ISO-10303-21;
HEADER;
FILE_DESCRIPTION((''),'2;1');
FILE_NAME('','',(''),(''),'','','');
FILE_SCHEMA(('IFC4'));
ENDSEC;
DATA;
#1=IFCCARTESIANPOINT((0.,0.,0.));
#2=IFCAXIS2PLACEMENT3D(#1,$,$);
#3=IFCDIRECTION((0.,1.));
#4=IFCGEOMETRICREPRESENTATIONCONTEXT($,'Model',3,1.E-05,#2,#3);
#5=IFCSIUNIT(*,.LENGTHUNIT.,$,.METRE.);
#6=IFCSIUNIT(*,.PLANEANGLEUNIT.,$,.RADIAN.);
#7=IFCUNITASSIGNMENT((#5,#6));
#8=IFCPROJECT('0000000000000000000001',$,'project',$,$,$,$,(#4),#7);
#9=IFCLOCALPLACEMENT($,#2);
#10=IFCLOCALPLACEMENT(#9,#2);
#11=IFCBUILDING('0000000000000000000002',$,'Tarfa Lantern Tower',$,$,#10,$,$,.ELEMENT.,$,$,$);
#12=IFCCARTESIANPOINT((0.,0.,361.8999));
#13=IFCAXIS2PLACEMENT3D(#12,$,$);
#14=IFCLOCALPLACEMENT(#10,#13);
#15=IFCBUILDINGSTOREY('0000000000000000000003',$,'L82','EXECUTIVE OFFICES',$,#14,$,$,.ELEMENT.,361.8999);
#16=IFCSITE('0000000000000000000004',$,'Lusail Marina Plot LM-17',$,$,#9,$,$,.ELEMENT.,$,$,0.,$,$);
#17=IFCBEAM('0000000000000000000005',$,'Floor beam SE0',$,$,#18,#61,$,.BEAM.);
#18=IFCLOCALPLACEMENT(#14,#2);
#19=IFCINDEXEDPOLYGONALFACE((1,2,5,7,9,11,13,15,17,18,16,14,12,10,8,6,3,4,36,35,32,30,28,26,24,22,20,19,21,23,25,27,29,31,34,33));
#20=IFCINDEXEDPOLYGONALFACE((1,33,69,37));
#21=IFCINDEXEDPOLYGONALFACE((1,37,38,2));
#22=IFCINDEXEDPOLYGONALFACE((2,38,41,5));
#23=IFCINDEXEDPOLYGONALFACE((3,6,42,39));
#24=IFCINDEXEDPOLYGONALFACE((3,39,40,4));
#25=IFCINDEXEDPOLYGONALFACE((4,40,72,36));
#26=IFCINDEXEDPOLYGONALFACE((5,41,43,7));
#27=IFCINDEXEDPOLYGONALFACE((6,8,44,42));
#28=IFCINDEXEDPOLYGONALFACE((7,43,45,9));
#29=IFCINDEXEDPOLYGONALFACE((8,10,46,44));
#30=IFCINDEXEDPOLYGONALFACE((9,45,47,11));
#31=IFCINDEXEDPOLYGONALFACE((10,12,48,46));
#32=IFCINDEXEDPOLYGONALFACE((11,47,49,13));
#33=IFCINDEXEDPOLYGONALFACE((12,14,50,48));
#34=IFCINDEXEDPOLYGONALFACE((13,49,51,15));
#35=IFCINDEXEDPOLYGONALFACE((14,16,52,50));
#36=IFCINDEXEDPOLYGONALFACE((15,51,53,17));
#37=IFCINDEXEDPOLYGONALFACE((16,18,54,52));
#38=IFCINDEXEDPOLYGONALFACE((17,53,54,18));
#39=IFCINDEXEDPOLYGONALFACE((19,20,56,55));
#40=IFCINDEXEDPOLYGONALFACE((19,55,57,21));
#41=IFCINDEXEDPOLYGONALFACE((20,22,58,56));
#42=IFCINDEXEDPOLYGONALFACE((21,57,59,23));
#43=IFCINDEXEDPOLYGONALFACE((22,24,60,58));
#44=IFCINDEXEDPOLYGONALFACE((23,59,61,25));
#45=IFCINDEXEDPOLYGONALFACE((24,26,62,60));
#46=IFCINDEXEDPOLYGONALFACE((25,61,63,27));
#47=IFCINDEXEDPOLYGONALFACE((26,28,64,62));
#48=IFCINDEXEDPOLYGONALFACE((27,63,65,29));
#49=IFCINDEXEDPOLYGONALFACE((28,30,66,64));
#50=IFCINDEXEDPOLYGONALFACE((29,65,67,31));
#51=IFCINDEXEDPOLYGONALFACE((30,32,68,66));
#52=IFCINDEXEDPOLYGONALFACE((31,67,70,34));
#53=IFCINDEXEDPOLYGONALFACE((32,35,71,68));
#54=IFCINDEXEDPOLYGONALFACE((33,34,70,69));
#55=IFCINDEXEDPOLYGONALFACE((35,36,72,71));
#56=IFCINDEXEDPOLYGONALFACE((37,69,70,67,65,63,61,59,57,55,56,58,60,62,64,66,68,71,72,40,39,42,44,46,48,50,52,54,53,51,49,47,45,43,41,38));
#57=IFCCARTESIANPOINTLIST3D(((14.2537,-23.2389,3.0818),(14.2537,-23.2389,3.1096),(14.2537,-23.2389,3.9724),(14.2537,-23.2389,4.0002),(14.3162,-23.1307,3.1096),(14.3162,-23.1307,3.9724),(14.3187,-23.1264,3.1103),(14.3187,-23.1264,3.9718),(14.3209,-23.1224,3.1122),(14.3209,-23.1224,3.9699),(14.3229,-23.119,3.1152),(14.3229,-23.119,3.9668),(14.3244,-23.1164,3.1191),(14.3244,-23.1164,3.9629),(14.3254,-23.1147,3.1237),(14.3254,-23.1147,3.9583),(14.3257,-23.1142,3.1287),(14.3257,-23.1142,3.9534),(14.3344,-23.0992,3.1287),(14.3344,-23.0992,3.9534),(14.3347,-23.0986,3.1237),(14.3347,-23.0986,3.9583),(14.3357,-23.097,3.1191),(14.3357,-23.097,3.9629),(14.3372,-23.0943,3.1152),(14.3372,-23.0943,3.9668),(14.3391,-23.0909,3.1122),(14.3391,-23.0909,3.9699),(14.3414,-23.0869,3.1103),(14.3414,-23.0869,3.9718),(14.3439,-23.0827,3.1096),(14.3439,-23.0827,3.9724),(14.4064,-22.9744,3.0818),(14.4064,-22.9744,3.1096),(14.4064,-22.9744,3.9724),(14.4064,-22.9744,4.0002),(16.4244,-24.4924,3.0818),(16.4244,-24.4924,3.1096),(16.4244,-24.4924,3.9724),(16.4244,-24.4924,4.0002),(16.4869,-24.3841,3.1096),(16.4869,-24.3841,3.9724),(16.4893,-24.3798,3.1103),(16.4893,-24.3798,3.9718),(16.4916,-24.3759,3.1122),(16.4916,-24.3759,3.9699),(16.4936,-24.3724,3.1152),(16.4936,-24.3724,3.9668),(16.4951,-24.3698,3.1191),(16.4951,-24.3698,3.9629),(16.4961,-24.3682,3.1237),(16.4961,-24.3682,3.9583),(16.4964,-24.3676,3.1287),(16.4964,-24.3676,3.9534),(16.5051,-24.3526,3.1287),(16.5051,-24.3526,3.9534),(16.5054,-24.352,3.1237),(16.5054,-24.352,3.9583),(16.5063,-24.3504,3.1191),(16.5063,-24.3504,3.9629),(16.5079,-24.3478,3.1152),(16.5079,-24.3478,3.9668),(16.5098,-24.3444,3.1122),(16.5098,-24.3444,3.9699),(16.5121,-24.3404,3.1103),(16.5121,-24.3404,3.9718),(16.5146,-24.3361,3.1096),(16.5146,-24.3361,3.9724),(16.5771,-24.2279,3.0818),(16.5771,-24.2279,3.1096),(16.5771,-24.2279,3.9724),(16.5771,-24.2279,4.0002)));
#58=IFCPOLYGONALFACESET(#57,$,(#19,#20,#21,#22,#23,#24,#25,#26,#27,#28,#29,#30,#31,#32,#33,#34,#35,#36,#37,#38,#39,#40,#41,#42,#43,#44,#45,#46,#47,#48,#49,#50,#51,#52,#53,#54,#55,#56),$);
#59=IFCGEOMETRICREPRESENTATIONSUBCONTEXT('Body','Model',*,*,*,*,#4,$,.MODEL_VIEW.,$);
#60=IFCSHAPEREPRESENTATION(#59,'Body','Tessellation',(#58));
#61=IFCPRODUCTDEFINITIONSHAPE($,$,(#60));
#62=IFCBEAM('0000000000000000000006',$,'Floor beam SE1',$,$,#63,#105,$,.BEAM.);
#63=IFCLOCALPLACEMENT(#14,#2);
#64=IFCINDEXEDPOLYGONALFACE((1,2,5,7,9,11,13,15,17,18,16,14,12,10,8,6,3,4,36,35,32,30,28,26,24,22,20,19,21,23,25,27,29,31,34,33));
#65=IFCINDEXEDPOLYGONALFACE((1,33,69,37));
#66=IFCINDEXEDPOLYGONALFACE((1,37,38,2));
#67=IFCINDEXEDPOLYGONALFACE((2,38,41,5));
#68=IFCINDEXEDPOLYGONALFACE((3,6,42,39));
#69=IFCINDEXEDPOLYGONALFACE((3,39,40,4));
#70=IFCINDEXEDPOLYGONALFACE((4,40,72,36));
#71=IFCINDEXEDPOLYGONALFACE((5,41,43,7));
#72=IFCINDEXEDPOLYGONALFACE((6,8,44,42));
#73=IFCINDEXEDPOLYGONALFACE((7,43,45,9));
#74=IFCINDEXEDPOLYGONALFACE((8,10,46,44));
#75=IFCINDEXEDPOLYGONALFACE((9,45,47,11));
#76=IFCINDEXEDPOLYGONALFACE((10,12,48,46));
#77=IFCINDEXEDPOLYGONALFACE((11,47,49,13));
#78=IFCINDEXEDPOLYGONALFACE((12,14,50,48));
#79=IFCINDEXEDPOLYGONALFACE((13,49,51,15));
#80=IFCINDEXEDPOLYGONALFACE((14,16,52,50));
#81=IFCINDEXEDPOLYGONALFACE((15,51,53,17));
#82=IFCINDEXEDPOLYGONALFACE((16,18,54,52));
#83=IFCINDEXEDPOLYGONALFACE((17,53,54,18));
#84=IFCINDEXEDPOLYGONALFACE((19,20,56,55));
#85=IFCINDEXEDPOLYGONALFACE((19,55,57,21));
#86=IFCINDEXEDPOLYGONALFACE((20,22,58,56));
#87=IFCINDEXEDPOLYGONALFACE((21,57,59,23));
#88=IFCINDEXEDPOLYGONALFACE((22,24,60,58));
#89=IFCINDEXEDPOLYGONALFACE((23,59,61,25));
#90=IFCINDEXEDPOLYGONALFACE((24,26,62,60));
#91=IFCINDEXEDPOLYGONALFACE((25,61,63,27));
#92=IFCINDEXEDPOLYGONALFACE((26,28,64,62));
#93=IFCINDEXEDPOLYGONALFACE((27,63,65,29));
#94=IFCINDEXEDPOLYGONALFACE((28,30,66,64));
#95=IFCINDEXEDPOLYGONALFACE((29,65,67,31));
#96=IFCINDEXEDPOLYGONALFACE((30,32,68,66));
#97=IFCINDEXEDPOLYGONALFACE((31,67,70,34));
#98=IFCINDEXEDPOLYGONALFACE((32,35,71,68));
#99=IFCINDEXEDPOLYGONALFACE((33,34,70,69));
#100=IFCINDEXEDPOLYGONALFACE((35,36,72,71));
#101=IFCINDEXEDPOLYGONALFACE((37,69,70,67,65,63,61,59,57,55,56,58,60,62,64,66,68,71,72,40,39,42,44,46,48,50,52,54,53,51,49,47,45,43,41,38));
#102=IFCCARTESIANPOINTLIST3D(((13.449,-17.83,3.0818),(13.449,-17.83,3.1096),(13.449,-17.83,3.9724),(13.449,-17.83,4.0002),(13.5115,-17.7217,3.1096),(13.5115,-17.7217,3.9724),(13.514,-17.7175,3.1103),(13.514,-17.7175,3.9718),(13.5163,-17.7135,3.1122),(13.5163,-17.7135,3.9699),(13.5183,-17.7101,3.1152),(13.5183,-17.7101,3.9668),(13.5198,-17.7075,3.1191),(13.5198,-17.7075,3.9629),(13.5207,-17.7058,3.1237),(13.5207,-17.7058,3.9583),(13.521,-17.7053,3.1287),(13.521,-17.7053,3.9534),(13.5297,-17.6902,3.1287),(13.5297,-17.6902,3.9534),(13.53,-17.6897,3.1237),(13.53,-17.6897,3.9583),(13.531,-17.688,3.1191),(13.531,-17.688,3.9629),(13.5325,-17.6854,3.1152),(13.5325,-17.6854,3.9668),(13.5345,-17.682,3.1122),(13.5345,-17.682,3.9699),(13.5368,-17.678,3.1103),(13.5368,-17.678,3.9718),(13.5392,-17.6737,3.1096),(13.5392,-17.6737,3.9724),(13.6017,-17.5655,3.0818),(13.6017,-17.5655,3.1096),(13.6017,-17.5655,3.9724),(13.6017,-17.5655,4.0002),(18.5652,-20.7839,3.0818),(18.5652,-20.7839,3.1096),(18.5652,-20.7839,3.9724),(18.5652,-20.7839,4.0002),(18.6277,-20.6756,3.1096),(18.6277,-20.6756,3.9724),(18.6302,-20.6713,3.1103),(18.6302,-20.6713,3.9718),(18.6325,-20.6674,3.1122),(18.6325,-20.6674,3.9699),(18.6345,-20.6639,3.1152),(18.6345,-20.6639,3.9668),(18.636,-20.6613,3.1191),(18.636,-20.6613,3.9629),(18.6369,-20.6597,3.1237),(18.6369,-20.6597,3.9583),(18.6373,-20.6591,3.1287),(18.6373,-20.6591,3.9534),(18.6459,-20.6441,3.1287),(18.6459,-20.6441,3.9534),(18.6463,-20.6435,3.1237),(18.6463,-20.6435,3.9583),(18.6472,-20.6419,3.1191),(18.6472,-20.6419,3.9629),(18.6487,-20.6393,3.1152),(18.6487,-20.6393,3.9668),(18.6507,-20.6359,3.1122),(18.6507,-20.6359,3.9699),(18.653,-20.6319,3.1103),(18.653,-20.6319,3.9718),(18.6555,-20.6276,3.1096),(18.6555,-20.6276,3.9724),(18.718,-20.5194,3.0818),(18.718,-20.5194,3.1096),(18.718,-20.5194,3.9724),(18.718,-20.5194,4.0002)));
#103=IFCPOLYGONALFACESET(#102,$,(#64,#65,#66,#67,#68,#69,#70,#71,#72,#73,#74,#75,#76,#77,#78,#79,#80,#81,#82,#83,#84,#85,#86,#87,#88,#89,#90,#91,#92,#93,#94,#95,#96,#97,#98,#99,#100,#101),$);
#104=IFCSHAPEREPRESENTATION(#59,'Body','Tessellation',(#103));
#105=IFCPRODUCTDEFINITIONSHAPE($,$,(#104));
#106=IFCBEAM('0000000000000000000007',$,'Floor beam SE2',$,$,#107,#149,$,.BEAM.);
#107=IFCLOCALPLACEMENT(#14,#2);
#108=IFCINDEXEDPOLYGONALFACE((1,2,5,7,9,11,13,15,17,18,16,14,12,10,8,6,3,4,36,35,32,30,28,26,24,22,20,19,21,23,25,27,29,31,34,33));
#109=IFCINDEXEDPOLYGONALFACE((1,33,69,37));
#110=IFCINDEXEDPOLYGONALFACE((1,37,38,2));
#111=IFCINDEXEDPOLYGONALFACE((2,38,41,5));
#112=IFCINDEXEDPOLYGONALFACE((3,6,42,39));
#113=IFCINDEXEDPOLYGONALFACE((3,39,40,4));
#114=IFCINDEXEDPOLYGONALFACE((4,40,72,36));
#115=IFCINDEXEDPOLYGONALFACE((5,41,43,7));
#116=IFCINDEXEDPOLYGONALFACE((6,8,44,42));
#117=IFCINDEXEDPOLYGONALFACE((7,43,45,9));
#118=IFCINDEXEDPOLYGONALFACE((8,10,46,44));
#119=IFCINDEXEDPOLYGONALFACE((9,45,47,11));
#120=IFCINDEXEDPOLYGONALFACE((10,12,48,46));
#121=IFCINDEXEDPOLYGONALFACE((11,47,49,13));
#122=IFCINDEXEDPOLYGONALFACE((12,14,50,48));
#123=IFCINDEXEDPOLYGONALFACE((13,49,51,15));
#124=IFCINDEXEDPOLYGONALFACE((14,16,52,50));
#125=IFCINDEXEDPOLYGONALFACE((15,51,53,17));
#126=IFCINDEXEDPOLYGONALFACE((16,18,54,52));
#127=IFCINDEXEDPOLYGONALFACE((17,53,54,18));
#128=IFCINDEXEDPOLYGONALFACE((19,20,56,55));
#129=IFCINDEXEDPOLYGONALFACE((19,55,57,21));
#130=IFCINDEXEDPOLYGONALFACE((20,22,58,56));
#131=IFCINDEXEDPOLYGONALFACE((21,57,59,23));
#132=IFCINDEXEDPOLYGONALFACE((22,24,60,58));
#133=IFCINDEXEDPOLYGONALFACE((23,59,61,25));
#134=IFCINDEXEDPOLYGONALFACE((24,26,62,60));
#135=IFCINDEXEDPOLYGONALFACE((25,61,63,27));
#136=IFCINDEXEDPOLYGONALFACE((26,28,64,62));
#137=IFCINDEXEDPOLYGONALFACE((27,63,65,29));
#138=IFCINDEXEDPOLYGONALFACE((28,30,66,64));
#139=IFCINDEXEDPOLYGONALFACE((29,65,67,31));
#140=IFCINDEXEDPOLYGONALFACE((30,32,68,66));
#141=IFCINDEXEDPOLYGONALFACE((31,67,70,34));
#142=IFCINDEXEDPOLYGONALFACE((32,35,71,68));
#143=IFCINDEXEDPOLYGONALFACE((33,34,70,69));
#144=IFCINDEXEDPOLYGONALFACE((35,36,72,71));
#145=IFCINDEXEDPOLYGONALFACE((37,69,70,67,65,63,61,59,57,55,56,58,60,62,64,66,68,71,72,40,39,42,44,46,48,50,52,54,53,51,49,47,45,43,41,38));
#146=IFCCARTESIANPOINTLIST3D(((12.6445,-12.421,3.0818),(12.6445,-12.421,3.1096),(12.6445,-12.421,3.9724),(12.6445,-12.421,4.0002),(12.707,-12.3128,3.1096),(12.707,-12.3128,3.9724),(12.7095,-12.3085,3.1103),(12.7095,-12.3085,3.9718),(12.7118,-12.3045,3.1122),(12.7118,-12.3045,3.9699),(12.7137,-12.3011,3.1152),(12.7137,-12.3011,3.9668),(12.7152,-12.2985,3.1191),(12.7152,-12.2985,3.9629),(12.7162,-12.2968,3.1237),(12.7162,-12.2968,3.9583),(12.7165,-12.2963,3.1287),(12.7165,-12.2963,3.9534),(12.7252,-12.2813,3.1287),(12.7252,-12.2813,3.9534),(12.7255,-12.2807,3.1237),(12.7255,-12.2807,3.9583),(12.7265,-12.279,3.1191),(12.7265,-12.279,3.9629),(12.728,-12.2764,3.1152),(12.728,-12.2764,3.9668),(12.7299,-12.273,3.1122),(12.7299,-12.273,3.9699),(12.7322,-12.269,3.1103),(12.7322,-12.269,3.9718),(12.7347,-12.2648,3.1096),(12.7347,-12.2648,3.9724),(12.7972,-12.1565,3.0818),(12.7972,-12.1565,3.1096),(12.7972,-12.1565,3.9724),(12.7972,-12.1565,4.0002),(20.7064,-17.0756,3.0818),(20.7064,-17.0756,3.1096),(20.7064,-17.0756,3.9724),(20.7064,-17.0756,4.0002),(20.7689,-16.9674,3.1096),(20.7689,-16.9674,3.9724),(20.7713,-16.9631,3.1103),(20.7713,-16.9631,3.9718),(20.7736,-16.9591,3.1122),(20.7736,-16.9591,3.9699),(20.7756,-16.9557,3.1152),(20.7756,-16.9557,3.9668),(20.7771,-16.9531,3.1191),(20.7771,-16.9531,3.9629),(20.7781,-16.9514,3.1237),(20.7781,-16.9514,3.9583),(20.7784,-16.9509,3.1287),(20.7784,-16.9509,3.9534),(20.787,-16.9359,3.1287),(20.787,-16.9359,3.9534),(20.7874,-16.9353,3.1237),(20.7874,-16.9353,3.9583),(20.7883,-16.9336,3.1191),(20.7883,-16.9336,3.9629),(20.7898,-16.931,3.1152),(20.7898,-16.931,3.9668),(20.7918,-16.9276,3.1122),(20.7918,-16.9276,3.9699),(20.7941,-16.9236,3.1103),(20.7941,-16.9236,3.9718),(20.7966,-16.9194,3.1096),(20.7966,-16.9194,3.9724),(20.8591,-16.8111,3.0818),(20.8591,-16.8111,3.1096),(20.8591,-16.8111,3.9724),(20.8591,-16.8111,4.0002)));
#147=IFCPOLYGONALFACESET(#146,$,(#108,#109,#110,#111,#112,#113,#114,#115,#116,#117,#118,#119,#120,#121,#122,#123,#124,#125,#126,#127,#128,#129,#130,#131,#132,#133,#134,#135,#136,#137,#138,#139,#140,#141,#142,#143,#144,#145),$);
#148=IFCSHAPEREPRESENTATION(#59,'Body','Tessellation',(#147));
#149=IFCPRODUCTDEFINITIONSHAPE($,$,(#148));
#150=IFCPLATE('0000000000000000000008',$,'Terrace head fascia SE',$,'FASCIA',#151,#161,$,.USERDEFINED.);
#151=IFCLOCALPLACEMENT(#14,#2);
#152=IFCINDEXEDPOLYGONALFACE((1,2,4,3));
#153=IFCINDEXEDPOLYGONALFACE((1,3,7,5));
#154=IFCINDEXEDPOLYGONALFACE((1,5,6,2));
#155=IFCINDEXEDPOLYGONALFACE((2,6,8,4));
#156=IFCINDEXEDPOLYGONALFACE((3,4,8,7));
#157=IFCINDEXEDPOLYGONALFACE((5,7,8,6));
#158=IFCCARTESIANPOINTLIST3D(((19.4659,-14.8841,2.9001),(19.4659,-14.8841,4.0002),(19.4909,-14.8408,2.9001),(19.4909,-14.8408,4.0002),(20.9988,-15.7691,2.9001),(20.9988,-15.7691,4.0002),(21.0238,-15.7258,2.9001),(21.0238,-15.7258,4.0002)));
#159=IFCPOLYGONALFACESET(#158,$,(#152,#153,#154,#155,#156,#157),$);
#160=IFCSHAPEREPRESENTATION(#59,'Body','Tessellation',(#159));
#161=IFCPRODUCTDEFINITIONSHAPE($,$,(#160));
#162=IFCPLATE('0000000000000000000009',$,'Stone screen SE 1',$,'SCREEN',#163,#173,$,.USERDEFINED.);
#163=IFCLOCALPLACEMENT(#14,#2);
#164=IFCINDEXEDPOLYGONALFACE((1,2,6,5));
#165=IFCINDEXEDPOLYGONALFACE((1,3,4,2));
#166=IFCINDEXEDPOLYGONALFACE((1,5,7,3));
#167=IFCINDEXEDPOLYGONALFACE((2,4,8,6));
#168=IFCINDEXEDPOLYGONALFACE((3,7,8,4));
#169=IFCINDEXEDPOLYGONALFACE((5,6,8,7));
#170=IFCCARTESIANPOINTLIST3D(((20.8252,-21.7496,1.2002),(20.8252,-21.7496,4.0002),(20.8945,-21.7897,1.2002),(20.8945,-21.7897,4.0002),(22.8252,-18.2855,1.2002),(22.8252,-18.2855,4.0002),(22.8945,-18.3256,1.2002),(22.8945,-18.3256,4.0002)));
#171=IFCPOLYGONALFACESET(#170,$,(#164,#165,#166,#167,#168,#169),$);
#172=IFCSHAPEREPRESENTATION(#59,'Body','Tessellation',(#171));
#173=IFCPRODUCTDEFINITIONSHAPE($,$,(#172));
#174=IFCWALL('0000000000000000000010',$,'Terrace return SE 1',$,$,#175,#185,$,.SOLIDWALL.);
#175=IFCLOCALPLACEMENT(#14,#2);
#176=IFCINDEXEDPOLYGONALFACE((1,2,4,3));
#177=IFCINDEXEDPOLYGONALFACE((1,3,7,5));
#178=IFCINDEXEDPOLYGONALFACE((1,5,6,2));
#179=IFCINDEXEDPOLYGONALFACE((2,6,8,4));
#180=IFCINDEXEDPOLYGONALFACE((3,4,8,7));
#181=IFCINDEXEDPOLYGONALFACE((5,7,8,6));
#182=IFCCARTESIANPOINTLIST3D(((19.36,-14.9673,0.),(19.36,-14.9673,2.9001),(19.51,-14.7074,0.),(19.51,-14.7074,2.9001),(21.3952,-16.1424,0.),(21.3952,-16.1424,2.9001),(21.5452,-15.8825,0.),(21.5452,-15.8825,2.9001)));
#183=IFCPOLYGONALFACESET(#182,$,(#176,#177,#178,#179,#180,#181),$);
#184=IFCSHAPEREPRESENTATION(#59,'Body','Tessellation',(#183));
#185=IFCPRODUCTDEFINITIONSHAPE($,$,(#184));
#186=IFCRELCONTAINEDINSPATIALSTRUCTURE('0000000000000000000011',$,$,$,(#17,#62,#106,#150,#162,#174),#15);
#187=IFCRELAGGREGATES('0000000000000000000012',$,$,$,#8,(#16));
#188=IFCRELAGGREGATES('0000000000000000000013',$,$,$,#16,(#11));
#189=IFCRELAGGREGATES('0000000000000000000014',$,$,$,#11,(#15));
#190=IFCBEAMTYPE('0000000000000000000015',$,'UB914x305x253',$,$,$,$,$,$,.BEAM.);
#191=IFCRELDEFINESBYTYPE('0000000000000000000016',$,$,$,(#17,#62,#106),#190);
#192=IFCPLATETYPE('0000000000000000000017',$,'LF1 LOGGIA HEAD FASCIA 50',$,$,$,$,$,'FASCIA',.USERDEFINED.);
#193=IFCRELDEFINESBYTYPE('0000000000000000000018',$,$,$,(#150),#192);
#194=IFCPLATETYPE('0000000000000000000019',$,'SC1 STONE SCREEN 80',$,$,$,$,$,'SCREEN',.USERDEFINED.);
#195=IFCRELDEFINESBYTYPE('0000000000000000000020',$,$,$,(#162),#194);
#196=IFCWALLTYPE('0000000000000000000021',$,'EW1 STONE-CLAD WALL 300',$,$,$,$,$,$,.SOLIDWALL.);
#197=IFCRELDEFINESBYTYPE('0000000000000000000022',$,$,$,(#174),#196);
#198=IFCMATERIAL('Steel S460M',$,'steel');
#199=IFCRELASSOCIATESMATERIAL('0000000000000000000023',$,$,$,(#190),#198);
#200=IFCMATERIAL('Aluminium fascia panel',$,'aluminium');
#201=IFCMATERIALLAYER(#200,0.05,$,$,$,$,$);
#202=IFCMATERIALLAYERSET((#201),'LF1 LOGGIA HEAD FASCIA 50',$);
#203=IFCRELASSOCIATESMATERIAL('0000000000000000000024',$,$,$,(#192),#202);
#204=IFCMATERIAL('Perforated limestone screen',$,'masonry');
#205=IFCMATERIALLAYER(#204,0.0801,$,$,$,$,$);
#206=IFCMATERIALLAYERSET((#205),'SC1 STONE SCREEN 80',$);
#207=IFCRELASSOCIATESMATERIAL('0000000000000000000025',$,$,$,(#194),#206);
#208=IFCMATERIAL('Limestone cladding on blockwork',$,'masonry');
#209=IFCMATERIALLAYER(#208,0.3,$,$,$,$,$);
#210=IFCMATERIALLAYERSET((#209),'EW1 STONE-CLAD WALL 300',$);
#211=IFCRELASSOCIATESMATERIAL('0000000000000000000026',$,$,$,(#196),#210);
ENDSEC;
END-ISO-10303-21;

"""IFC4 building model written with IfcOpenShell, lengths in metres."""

from ifc_helpers import new_model, si_unit, direction, frame, frame_2d, origin, origin_2d, place, context, subcontext, project, spatial, rectangle, i_section, extrude, material, layer, layer_set, material_profile, profile_set, type_object, element, save


model = new_model("IFC4")

# Units and contexts
model_context = context("Model", 3, precision=1e-05, world=origin(), true_north=direction((0.0, 1.0)))
body_context = subcontext(model_context, "Body", "Model", "MODEL_VIEW")
ifc_project = project(units=[si_unit("LENGTHUNIT", "METRE"), si_unit("PLANEANGLEUNIT", "RADIAN")], contexts=[model_context])

# Site, building, storey
site_placement = place(None, origin())
site = spatial("IfcSite", under=ifc_project, at=site_placement, Name="Lusail Marina Plot LM-17", CompositionType="ELEMENT", RefElevation=0.0)
building_placement = place(site_placement, origin())
building = spatial("IfcBuilding", under=site, at=building_placement, Name="Tarfa Lantern Tower", CompositionType="ELEMENT")
storey_placement = place(building_placement, frame((0.0, 0.0, 361.8999)))
storey = spatial("IfcBuildingStorey", under=building, at=storey_placement, Name="L82", Description="EXECUTIVE OFFICES", CompositionType="ELEMENT", Elevation=361.8999)

# Beams
ifc_material_1 = material(Name="Steel S460M", Category="steel")
ifc_material_profile_1 = material_profile(ifc_material_1, i_section(OverallWidth=0.3054, OverallDepth=0.9185, WebThickness=0.0173, FlangeThickness=0.0278, FilletRadius=0.019, at=origin_2d()), Name="UB914x305x253")
ifc_profile_set_1 = profile_set([ifc_material_profile_1], Name="Steel S460M")
beam_type_1 = type_object("IfcBeamType", Name="UB914x305x253", PredefinedType="BEAM", material=ifc_profile_set_1)
beam_1_placement = place(storey_placement, frame((16.5007, -24.3601, 3.541), z_axis=(-0.865993, 0.500057, 0.0), x_axis=(-0.500057, -0.865993, 0.0)))
element("IfcBeam", 1, at=beam_1_placement, inside=storey, type_object=beam_type_1, Name="Floor beam SE0", PredefinedType="BEAM", context=body_context, shape_type="SweptSolid", body=[
    extrude(i_section(OverallWidth=0.3054, OverallDepth=0.9185, WebThickness=0.0173, FlangeThickness=0.0278, FilletRadius=0.019, at=origin_2d()), origin(), (0.0, 0.0, 1.0), 2.5066),
])
beam_2_placement = place(storey_placement, frame((18.6416, -20.6516, 3.541), z_axis=(-0.866025, 0.500001, 0.0), x_axis=(-0.500001, -0.866025, 0.0)))
element("IfcBeam", 2, at=beam_2_placement, inside=storey, type_object=beam_type_1, Name="Floor beam SE1", PredefinedType="BEAM", context=body_context, shape_type="SweptSolid", body=[
    extrude(i_section(OverallWidth=0.3054, OverallDepth=0.9185, WebThickness=0.0173, FlangeThickness=0.0278, FilletRadius=0.019, at=origin_2d()), origin(), (0.0, 0.0, 1.0), 5.9077),
])
beam_3_placement = place(storey_placement, frame((20.7827, -16.9434, 3.541), z_axis=(-0.866022, 0.500006, 0.0), x_axis=(-0.500006, -0.866022, 0.0)))
element("IfcBeam", 3, at=beam_3_placement, inside=storey, type_object=beam_type_1, Name="Floor beam SE2", PredefinedType="BEAM", context=body_context, shape_type="SweptSolid", body=[
    extrude(i_section(OverallWidth=0.3054, OverallDepth=0.9185, WebThickness=0.0173, FlangeThickness=0.0278, FilletRadius=0.019, at=origin_2d()), origin(), (0.0, 0.0, 1.0), 9.3091),
])

# Plates
ifc_material_2 = material(Name="Aluminium fascia panel", Category="aluminium")
ifc_layer_1 = layer(ifc_material_2, 0.05)
ifc_layer_set_1 = layer_set([ifc_layer_1], Name="LF1 LOGGIA HEAD FASCIA 50")
plate_type_1 = type_object("IfcPlateType", Name="LF1 LOGGIA HEAD FASCIA 50", ElementType="FASCIA", PredefinedType="USERDEFINED", material=ifc_layer_set_1)
plate_1_placement = place(storey_placement, frame((20.2449, -15.3049, 2.9001), z_axis=(0.0, 0.0, 1.0), x_axis=(-0.866025, 0.5, 0.0)))
element("IfcPlate", 4, at=plate_1_placement, inside=storey, type_object=plate_type_1, Name="Terrace head fascia SE", ObjectType="FASCIA", PredefinedType="USERDEFINED", context=body_context, shape_type="SweptSolid", body=[
    extrude(rectangle(XDim=1.77, YDim=0.05, at=origin_2d()), origin(), (0.0, 0.0, 1.0), 1.1001),
])
ifc_material_3 = material(Name="Perforated limestone screen", Category="masonry")
ifc_layer_2 = layer(ifc_material_3, 0.0801)
ifc_layer_set_2 = layer_set([ifc_layer_2], Name="SC1 STONE SCREEN 80")
plate_type_2 = type_object("IfcPlateType", Name="SC1 STONE SCREEN 80", ElementType="SCREEN", PredefinedType="USERDEFINED", material=ifc_layer_set_2)
plate_2_placement = place(storey_placement, frame((21.8599, -20.0376, 1.2002), z_axis=(0.0, 0.0, 1.0), x_axis=(0.5, 0.866025, 0.0)))
element("IfcPlate", 5, at=plate_2_placement, inside=storey, type_object=plate_type_2, Name="Stone screen SE 1", ObjectType="SCREEN", PredefinedType="USERDEFINED", context=body_context, shape_type="SweptSolid", body=[
    extrude(rectangle(XDim=4.0, YDim=0.0801, at=origin_2d()), origin(), (0.0, 0.0, 1.0), 2.8),
])

# Shared definitions
ifc_material_4 = material(Name="Limestone cladding on blockwork", Category="masonry")
ifc_layer_3 = layer(ifc_material_4, 0.3)
ifc_layer_set_3 = layer_set([ifc_layer_3], Name="EW1 STONE-CLAD WALL 300")
wall_type_1 = type_object("IfcWallType", Name="EW1 STONE-CLAD WALL 300", PredefinedType="SOLIDWALL", material=ifc_layer_set_3)

# Wall
wall_1_placement = place(storey_placement, frame((21.4702, -16.0125, 0.0), z_axis=(0.0, 0.0, 1.0), x_axis=(-0.866016, 0.500016, 0.0)))
element("IfcWall", 6, at=wall_1_placement, inside=storey, type_object=wall_type_1, Name="Terrace return SE 1", PredefinedType="SOLIDWALL", context=body_context, shape_type="SweptSolid", body=[
    extrude(rectangle(XDim=2.3501, YDim=0.3, at=frame_2d((1.175, 0.0))), origin(), (0.0, 0.0, 1.0), 2.9001),
])

save(model, "model.ifc")
